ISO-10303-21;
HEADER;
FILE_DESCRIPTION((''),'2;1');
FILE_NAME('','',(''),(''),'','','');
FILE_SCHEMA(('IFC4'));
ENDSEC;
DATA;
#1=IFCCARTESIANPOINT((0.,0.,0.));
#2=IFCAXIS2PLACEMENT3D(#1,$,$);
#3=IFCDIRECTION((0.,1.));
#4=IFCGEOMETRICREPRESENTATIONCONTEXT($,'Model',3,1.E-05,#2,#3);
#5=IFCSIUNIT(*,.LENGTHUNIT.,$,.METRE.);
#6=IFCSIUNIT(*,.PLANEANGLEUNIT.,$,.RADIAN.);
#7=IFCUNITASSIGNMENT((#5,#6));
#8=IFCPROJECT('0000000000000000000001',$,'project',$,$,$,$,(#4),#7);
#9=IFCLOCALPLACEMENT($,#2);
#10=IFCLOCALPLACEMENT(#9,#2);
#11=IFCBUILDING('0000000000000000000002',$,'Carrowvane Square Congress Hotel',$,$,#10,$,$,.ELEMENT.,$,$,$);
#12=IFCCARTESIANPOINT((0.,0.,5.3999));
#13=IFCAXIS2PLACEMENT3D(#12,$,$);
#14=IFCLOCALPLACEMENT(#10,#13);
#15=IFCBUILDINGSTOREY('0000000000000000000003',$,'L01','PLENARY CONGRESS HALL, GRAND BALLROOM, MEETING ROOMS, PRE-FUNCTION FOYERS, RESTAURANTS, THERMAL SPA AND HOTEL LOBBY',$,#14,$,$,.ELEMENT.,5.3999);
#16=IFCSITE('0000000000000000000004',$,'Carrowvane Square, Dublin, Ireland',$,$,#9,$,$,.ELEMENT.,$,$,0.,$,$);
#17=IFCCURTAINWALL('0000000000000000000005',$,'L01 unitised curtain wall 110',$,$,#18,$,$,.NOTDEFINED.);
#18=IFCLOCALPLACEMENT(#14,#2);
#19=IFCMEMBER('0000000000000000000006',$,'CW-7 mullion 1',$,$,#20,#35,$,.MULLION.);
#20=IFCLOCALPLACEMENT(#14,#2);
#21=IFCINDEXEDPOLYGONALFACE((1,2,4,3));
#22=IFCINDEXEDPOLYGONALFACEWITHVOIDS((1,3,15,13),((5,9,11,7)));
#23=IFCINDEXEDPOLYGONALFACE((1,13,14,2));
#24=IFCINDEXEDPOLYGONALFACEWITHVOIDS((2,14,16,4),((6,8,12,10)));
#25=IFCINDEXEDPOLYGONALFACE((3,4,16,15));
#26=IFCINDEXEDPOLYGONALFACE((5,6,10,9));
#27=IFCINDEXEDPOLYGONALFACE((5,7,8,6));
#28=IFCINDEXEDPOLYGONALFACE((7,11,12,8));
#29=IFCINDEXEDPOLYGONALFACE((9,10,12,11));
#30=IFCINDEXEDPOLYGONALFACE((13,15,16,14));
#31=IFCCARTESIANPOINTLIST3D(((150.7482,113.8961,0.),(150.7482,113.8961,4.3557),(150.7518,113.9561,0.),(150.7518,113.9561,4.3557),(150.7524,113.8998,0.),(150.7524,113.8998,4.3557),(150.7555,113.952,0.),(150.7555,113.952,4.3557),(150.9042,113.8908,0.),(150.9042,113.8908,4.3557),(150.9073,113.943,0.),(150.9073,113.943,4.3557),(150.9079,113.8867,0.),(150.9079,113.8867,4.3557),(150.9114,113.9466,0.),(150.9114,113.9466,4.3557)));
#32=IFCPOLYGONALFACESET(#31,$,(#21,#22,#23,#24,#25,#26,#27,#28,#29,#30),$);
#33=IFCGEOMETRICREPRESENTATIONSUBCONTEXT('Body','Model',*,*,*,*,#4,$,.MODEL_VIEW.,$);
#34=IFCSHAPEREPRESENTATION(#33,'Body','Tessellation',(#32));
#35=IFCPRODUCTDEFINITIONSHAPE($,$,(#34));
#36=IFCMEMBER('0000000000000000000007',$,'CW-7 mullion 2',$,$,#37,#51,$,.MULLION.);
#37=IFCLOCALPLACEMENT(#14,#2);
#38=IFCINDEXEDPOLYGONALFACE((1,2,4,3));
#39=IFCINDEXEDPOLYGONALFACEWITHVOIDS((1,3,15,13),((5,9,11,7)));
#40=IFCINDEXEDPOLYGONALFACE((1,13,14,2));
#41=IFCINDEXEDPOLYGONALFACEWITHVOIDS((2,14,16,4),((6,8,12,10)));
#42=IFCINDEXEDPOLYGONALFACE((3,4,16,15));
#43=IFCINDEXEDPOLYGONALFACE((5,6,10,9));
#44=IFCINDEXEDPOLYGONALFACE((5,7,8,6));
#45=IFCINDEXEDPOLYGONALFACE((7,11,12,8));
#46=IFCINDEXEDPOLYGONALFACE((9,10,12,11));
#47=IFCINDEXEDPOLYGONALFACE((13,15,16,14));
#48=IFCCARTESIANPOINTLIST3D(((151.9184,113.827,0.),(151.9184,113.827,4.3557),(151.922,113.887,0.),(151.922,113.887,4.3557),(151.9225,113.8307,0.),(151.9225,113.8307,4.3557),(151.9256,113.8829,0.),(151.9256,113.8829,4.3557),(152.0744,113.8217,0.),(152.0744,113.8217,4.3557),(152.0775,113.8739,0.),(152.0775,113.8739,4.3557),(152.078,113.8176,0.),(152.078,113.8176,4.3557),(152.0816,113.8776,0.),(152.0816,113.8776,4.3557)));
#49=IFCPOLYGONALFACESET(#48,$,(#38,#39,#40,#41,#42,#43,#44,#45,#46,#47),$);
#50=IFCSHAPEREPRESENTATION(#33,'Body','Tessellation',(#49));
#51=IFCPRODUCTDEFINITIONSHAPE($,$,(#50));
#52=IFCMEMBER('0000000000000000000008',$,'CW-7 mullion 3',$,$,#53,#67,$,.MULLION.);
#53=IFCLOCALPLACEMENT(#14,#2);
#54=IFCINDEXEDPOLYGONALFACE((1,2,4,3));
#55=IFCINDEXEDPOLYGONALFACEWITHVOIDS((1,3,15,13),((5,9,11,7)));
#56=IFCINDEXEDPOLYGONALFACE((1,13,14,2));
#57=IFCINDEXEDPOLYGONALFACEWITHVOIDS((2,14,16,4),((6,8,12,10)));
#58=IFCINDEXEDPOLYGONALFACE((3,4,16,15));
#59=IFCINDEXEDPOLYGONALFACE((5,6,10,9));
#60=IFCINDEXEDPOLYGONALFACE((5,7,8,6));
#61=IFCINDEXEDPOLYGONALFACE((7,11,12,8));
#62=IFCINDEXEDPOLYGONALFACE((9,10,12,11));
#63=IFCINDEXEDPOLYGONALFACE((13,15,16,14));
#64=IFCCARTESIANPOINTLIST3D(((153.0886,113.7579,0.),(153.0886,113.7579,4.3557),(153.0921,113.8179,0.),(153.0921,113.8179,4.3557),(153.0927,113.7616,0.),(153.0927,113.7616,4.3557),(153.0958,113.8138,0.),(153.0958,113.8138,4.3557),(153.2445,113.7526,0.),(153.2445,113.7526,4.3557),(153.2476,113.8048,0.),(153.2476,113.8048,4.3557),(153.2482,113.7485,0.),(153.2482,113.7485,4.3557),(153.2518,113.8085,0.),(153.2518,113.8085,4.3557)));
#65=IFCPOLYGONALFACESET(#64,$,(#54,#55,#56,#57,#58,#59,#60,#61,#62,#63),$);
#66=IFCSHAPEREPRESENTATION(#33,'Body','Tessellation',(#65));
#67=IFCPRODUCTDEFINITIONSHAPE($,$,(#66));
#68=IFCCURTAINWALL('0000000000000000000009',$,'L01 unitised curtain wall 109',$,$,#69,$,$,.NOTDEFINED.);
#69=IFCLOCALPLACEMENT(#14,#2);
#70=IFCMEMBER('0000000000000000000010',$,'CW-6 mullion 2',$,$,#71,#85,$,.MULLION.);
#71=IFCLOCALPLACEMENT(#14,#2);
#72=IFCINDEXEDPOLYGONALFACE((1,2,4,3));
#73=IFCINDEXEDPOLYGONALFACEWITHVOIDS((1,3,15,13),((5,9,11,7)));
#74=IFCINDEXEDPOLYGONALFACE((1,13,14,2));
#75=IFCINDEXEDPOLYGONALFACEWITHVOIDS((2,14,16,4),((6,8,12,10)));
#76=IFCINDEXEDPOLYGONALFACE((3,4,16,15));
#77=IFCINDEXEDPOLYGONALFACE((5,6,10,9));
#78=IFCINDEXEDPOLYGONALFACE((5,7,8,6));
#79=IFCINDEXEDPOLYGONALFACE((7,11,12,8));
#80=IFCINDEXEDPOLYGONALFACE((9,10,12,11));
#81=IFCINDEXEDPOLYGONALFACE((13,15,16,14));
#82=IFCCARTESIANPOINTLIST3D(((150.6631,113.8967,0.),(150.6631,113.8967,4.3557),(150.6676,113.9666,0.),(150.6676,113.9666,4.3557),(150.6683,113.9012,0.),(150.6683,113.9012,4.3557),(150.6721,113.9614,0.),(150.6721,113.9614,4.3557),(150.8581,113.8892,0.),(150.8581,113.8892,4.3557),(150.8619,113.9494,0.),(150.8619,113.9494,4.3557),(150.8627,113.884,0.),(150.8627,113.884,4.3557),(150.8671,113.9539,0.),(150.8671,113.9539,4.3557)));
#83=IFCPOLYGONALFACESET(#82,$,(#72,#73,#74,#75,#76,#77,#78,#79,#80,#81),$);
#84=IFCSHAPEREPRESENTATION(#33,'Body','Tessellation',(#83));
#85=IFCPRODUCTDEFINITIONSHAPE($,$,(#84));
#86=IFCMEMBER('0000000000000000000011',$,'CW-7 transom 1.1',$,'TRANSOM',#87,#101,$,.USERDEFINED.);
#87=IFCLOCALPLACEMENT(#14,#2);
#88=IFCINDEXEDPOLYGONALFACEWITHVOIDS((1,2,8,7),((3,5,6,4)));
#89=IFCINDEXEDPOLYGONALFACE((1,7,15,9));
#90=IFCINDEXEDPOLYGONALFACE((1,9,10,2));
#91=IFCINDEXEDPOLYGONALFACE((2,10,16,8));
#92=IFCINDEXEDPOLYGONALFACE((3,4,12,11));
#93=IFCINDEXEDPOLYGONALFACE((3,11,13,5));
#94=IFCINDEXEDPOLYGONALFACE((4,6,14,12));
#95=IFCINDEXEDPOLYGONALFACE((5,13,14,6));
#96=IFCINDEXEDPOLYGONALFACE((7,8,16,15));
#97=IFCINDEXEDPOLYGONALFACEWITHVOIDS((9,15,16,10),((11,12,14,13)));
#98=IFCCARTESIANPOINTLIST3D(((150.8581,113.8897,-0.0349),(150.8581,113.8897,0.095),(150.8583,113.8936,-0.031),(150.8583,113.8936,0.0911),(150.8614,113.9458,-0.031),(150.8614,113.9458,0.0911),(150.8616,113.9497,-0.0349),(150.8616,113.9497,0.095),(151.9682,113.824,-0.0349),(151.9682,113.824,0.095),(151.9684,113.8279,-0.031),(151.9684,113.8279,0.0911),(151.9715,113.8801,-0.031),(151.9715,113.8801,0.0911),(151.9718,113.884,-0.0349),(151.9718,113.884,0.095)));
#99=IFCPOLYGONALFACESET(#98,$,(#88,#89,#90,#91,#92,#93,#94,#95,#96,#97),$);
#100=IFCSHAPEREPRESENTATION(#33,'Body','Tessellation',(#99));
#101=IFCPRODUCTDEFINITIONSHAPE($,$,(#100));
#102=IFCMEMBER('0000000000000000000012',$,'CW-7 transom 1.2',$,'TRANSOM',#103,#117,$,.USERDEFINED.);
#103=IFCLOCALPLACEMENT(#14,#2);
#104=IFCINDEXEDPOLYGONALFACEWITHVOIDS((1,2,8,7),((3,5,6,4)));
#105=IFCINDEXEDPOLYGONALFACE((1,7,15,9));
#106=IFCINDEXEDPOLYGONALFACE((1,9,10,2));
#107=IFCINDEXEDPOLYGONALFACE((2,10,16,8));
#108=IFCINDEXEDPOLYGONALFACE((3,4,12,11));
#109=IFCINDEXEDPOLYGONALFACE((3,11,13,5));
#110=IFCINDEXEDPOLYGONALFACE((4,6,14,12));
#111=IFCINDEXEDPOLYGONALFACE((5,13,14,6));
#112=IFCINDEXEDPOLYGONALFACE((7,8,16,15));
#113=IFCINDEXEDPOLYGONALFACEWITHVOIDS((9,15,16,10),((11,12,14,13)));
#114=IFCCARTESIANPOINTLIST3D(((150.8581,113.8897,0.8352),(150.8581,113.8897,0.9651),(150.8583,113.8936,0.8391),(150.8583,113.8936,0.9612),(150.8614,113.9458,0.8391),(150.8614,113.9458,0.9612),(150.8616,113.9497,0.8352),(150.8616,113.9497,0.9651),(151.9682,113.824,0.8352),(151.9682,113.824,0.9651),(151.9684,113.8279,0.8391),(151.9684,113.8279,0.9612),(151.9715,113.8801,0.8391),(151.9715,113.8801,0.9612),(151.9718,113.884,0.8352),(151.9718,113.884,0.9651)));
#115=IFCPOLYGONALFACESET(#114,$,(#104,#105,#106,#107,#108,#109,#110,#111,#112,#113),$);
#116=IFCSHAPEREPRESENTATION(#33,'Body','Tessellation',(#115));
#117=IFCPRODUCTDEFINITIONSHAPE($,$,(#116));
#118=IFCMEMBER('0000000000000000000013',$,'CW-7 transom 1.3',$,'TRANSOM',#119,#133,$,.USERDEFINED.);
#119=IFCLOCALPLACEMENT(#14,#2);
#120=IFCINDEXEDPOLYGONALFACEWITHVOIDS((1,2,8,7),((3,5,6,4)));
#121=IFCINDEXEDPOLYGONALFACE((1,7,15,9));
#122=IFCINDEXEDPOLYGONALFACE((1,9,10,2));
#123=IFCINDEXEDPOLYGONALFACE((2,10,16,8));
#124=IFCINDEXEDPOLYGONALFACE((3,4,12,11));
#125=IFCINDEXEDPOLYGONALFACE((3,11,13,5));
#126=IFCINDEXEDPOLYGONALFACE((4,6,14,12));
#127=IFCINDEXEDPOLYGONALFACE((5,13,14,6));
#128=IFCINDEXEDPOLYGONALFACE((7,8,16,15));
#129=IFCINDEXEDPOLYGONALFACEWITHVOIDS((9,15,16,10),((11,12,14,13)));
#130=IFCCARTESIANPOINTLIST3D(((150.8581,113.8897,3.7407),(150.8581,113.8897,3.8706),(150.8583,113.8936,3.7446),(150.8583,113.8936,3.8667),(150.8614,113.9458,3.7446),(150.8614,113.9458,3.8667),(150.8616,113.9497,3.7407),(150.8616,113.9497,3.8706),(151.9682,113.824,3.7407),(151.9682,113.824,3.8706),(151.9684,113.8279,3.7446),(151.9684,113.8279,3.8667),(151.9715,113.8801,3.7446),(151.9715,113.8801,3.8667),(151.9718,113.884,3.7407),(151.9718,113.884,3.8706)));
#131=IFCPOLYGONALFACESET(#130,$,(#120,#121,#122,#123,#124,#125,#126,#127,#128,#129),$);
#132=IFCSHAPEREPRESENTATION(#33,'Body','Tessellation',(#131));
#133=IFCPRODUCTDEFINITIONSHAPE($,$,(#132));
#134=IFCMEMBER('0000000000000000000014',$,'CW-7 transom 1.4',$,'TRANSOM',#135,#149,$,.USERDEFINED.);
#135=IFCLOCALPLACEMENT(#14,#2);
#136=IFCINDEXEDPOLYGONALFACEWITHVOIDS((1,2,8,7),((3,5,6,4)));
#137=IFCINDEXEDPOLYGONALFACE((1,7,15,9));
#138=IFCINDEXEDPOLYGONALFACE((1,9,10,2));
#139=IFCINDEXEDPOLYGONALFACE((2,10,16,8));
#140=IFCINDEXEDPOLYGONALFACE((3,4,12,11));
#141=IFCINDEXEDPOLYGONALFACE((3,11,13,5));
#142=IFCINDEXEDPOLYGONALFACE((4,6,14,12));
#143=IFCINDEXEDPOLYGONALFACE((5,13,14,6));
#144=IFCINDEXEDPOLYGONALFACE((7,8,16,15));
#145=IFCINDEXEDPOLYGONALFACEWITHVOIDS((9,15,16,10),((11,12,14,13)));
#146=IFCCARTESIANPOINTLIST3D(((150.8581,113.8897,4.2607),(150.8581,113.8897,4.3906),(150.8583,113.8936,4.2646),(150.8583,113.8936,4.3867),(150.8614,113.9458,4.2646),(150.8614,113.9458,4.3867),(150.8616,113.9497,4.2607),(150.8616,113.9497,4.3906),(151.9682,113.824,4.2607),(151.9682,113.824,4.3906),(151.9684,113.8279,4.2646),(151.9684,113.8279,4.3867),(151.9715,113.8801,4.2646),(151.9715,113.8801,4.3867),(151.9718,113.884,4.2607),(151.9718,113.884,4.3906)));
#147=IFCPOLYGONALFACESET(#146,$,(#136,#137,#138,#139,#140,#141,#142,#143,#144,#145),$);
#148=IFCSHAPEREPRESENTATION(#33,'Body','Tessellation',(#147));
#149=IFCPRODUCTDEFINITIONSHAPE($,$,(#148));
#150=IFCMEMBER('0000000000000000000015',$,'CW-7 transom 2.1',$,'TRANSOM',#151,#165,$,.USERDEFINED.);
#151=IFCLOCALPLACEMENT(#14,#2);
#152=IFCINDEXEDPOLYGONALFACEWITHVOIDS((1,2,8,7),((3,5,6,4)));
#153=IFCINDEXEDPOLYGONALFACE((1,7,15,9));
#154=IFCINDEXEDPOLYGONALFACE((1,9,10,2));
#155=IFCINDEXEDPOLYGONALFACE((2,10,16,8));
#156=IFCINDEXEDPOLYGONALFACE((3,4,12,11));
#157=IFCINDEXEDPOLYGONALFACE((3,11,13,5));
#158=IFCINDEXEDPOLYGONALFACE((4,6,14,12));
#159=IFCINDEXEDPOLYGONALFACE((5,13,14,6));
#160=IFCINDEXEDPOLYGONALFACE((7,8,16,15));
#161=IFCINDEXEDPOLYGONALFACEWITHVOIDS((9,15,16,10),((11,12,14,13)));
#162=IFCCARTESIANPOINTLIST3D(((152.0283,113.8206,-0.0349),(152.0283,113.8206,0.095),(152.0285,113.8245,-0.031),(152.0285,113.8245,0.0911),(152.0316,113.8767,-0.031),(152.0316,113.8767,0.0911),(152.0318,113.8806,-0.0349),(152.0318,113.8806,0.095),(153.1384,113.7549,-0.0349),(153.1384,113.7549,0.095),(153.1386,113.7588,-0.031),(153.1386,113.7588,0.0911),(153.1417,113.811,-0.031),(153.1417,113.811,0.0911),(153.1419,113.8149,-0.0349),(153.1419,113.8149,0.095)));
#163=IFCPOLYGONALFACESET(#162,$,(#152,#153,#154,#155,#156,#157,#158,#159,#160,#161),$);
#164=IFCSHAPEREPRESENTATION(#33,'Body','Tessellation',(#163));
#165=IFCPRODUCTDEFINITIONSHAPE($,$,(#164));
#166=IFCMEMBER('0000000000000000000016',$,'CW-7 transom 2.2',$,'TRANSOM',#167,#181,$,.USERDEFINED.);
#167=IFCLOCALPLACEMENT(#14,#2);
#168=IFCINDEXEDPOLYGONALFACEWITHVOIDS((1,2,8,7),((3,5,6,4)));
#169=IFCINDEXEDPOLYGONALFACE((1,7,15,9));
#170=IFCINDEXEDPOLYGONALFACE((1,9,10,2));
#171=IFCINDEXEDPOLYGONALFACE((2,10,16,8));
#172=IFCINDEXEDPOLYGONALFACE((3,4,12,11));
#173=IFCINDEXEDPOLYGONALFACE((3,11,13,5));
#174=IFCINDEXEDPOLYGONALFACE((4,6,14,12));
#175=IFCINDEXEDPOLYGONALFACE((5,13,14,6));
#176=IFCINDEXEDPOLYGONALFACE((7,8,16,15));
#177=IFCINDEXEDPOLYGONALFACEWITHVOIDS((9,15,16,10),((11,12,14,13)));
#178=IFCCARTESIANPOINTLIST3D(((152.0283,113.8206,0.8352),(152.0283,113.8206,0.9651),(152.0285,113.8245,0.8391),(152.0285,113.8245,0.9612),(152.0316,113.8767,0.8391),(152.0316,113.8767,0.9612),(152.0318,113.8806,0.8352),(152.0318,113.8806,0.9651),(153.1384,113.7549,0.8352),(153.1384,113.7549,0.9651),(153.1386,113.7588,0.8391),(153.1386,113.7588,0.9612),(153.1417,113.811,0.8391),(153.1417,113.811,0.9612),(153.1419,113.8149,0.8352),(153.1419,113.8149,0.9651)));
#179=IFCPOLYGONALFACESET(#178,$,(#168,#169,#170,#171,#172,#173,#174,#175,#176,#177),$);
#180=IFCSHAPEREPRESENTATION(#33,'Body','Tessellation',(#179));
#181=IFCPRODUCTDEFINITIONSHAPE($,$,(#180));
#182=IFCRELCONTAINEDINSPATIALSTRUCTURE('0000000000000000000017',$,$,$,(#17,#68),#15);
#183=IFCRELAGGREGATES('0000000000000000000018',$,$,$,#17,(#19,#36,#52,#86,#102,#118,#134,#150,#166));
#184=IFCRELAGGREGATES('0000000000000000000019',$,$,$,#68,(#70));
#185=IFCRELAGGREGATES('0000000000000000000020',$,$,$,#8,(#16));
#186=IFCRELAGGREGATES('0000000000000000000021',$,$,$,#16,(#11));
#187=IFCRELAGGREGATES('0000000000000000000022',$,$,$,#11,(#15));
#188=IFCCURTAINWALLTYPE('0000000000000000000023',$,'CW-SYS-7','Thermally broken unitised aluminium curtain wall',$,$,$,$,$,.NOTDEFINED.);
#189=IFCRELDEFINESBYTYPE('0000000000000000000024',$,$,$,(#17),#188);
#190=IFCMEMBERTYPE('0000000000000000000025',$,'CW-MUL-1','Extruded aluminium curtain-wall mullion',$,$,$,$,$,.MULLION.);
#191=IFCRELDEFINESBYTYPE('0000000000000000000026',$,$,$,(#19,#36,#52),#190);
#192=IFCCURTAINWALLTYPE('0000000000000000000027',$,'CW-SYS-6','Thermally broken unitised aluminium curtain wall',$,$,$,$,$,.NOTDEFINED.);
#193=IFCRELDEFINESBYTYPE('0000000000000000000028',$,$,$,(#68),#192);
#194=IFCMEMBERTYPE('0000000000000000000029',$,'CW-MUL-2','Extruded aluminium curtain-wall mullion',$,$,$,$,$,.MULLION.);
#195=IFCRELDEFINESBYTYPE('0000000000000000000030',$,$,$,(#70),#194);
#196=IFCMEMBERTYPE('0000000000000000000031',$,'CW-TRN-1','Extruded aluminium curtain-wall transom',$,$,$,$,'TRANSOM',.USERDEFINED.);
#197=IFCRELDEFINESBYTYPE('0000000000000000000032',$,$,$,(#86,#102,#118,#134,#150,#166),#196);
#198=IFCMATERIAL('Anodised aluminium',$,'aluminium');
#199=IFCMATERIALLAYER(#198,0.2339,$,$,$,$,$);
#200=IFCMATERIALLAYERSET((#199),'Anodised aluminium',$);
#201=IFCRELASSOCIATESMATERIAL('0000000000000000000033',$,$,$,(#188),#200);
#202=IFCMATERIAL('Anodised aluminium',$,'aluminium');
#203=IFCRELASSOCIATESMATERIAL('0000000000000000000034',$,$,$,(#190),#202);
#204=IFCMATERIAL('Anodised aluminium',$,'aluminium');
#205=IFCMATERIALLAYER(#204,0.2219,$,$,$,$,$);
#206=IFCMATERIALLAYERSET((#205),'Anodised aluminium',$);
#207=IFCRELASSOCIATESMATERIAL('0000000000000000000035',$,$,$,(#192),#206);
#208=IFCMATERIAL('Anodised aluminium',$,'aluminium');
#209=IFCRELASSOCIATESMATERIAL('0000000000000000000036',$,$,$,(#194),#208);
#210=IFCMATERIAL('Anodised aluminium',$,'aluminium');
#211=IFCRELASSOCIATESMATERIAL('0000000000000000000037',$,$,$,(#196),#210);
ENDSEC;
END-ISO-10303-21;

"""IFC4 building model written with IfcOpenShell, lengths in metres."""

from ifc_helpers import new_model, si_unit, direction, frame, origin, origin_2d, place, context, subcontext, project, spatial, hollow_rectangle, extrude, material, layer, layer_set, material_profile, profile_set, type_object, element, aggregate, save


model = new_model("IFC4")

# Units and contexts
model_context = context("Model", 3, precision=1e-05, world=origin(), true_north=direction((0.0, 1.0)))
body_context = subcontext(model_context, "Body", "Model", "MODEL_VIEW")
ifc_project = project(units=[si_unit("LENGTHUNIT", "METRE"), si_unit("PLANEANGLEUNIT", "RADIAN")], contexts=[model_context])

# Site, building, storey
site_placement = place(None, origin())
site = spatial("IfcSite", under=ifc_project, at=site_placement, Name="Carrowvane Square, Dublin, Ireland", CompositionType="ELEMENT", RefElevation=0.0)
building_placement = place(site_placement, origin())
building = spatial("IfcBuilding", under=site, at=building_placement, Name="Carrowvane Square Congress Hotel", CompositionType="ELEMENT")
storey_placement = place(building_placement, frame((0.0, 0.0, 5.3999)))
storey = spatial("IfcBuildingStorey", under=building, at=storey_placement, Name="L01", Description="PLENARY CONGRESS HALL, GRAND BALLROOM, MEETING ROOMS, PRE-FUNCTION FOYERS, RESTAURANTS, THERMAL SPA AND HOTEL LOBBY", CompositionType="ELEMENT", Elevation=5.3999)

# Curtain wall, members
ifc_material_1 = material(Name="Anodised aluminium", Category="aluminium")
ifc_layer_1 = layer(ifc_material_1, 0.2339)
ifc_layer_set_1 = layer_set([ifc_layer_1], Name="Anodised aluminium")
curtain_wall_type_1 = type_object("IfcCurtainWallType", Name="CW-SYS-7", Description="Thermally broken unitised aluminium curtain wall", PredefinedType="NOTDEFINED", material=ifc_layer_set_1)
curtain_wall_1_placement = place(storey_placement, origin())
curtain_wall_1 = element("IfcCurtainWall", 1, at=curtain_wall_1_placement, inside=storey, type_object=curtain_wall_type_1, Name="L01 unitised curtain wall 110", PredefinedType="NOTDEFINED")
ifc_material_2 = material(Name="Anodised aluminium", Category="aluminium")
ifc_material_profile_1 = material_profile(ifc_material_2, hollow_rectangle(XDim=0.0601, YDim=0.1599, WallThickness=0.0039, at=origin_2d()), Name="CW-ML 60x160x4")
ifc_profile_set_1 = profile_set([ifc_material_profile_1], Name="Anodised aluminium")
member_type_1 = type_object("IfcMemberType", Name="CW-MUL-1", Description="Extruded aluminium curtain-wall mullion", PredefinedType="MULLION", material=ifc_profile_set_1)
member_1_placement = place(storey_placement, frame((150.8298, 113.9214, 0.0), z_axis=(0.0, 0.0, 1.0), x_axis=(0.058989, 0.998259, 0.0)))
member_1 = element("IfcMember", 2, at=member_1_placement, type_object=member_type_1, Name="CW-7 mullion 1", PredefinedType="MULLION", context=body_context, shape_type="SweptSolid", body=[
    extrude(hollow_rectangle(XDim=0.0601, YDim=0.1599, WallThickness=0.0039, at=origin_2d()), origin(), (0.0, 0.0, 1.0), 4.3557),
])
member_2_placement = place(storey_placement, frame((152.0, 113.8523, 0.0), z_axis=(0.0, 0.0, 1.0), x_axis=(0.058989, 0.998259, 0.0)))
member_2 = element("IfcMember", 3, at=member_2_placement, type_object=member_type_1, Name="CW-7 mullion 2", PredefinedType="MULLION", context=body_context, shape_type="SweptSolid", body=[
    extrude(hollow_rectangle(XDim=0.0601, YDim=0.1599, WallThickness=0.0039, at=origin_2d()), origin(), (0.0, 0.0, 1.0), 4.3557),
])
member_3_placement = place(storey_placement, frame((153.1702, 113.7832, 0.0), z_axis=(0.0, 0.0, 1.0), x_axis=(0.058989, 0.998259, 0.0)))
member_3 = element("IfcMember", 4, at=member_3_placement, type_object=member_type_1, Name="CW-7 mullion 3", PredefinedType="MULLION", context=body_context, shape_type="SweptSolid", body=[
    extrude(hollow_rectangle(XDim=0.0601, YDim=0.1599, WallThickness=0.0039, at=origin_2d()), origin(), (0.0, 0.0, 1.0), 4.3557),
])

# Curtain wall, member
ifc_material_3 = material(Name="Anodised aluminium", Category="aluminium")
ifc_layer_2 = layer(ifc_material_3, 0.2219)
ifc_layer_set_2 = layer_set([ifc_layer_2], Name="Anodised aluminium")
curtain_wall_type_2 = type_object("IfcCurtainWallType", Name="CW-SYS-6", Description="Thermally broken unitised aluminium curtain wall", PredefinedType="NOTDEFINED", material=ifc_layer_set_2)
curtain_wall_2_placement = place(storey_placement, origin())
curtain_wall_2 = element("IfcCurtainWall", 5, at=curtain_wall_2_placement, inside=storey, type_object=curtain_wall_type_2, Name="L01 unitised curtain wall 109", PredefinedType="NOTDEFINED")
ifc_material_4 = material(Name="Anodised aluminium", Category="aluminium")
ifc_material_profile_2 = material_profile(ifc_material_4, hollow_rectangle(XDim=0.0701, YDim=0.2, WallThickness=0.0049, at=origin_2d()), Name="CW-ML 70x200x5")
ifc_profile_set_2 = profile_set([ifc_material_profile_2], Name="Anodised aluminium")
member_type_2 = type_object("IfcMemberType", Name="CW-MUL-2", Description="Extruded aluminium curtain-wall mullion", PredefinedType="MULLION", material=ifc_profile_set_2)
member_4_placement = place(storey_placement, frame((150.7651, 113.9253, 0.0), z_axis=(0.0, 0.0, 1.0), x_axis=(0.063273, 0.997996, 0.0)))
member_4 = element("IfcMember", 6, at=member_4_placement, type_object=member_type_2, Name="CW-6 mullion 2", PredefinedType="MULLION", context=body_context, shape_type="SweptSolid", body=[
    extrude(hollow_rectangle(XDim=0.0701, YDim=0.2, WallThickness=0.0049, at=origin_2d()), origin(), (0.0, 0.0, 1.0), 4.3557),
])

# Members
ifc_material_5 = material(Name="Anodised aluminium", Category="aluminium")
ifc_material_profile_3 = material_profile(ifc_material_5, hollow_rectangle(XDim=0.0601, YDim=0.1299, WallThickness=0.0039, at=origin_2d()), Name="CW-TR 60x130x4")
ifc_profile_set_3 = profile_set([ifc_material_profile_3], Name="Anodised aluminium")
member_type_3 = type_object("IfcMemberType", Name="CW-TRN-1", Description="Extruded aluminium curtain-wall transom", ElementType="TRANSOM", PredefinedType="USERDEFINED", material=ifc_profile_set_3)
member_5_placement = place(storey_placement, frame((150.8599, 113.9197, 0.03), z_axis=(0.998255, -0.059057, 0.0), x_axis=(0.059057, 0.998255, 0.0)))
member_5 = element("IfcMember", 7, at=member_5_placement, type_object=member_type_3, Name="CW-7 transom 1.1", ObjectType="TRANSOM", PredefinedType="USERDEFINED", context=body_context, shape_type="SweptSolid", body=[
    extrude(hollow_rectangle(XDim=0.0601, YDim=0.1299, WallThickness=0.0039, at=origin_2d()), origin(), (0.0, 0.0, 1.0), 1.1121),
])
member_6_placement = place(storey_placement, frame((150.8599, 113.9197, 0.9001), z_axis=(0.998255, -0.059057, 0.0), x_axis=(0.059057, 0.998255, 0.0)))
member_6 = element("IfcMember", 8, at=member_6_placement, type_object=member_type_3, Name="CW-7 transom 1.2", ObjectType="TRANSOM", PredefinedType="USERDEFINED", context=body_context, shape_type="SweptSolid", body=[
    extrude(hollow_rectangle(XDim=0.0601, YDim=0.1299, WallThickness=0.0039, at=origin_2d()), origin(), (0.0, 0.0, 1.0), 1.1121),
])
member_7_placement = place(storey_placement, frame((150.8599, 113.9197, 3.8057), z_axis=(0.998255, -0.059057, 0.0), x_axis=(0.059057, 0.998255, 0.0)))
member_7 = element("IfcMember", 9, at=member_7_placement, type_object=member_type_3, Name="CW-7 transom 1.3", ObjectType="TRANSOM", PredefinedType="USERDEFINED", context=body_context, shape_type="SweptSolid", body=[
    extrude(hollow_rectangle(XDim=0.0601, YDim=0.1299, WallThickness=0.0039, at=origin_2d()), origin(), (0.0, 0.0, 1.0), 1.1121),
])
member_8_placement = place(storey_placement, frame((150.8599, 113.9197, 4.3257), z_axis=(0.998255, -0.059057, 0.0), x_axis=(0.059057, 0.998255, 0.0)))
member_8 = element("IfcMember", 10, at=member_8_placement, type_object=member_type_3, Name="CW-7 transom 1.4", ObjectType="TRANSOM", PredefinedType="USERDEFINED", context=body_context, shape_type="SweptSolid", body=[
    extrude(hollow_rectangle(XDim=0.0601, YDim=0.1299, WallThickness=0.0039, at=origin_2d()), origin(), (0.0, 0.0, 1.0), 1.1121),
])
member_9_placement = place(storey_placement, frame((152.03, 113.8506, 0.03), z_axis=(0.998255, -0.059057, 0.0), x_axis=(0.059057, 0.998255, 0.0)))
member_9 = element("IfcMember", 11, at=member_9_placement, type_object=member_type_3, Name="CW-7 transom 2.1", ObjectType="TRANSOM", PredefinedType="USERDEFINED", context=body_context, shape_type="SweptSolid", body=[
    extrude(hollow_rectangle(XDim=0.0601, YDim=0.1299, WallThickness=0.0039, at=origin_2d()), origin(), (0.0, 0.0, 1.0), 1.1121),
])
member_10_placement = place(storey_placement, frame((152.03, 113.8506, 0.9001), z_axis=(0.998255, -0.059057, 0.0), x_axis=(0.059057, 0.998255, 0.0)))
member_10 = element("IfcMember", 12, at=member_10_placement, type_object=member_type_3, Name="CW-7 transom 2.2", ObjectType="TRANSOM", PredefinedType="USERDEFINED", context=body_context, shape_type="SweptSolid", body=[
    extrude(hollow_rectangle(XDim=0.0601, YDim=0.1299, WallThickness=0.0039, at=origin_2d()), origin(), (0.0, 0.0, 1.0), 1.1121),
])

aggregate(curtain_wall_1, [member_1, member_2, member_3, member_5, member_6, member_7, member_8, member_9, member_10])
aggregate(curtain_wall_2, [member_4])

save(model, "model.ifc")
